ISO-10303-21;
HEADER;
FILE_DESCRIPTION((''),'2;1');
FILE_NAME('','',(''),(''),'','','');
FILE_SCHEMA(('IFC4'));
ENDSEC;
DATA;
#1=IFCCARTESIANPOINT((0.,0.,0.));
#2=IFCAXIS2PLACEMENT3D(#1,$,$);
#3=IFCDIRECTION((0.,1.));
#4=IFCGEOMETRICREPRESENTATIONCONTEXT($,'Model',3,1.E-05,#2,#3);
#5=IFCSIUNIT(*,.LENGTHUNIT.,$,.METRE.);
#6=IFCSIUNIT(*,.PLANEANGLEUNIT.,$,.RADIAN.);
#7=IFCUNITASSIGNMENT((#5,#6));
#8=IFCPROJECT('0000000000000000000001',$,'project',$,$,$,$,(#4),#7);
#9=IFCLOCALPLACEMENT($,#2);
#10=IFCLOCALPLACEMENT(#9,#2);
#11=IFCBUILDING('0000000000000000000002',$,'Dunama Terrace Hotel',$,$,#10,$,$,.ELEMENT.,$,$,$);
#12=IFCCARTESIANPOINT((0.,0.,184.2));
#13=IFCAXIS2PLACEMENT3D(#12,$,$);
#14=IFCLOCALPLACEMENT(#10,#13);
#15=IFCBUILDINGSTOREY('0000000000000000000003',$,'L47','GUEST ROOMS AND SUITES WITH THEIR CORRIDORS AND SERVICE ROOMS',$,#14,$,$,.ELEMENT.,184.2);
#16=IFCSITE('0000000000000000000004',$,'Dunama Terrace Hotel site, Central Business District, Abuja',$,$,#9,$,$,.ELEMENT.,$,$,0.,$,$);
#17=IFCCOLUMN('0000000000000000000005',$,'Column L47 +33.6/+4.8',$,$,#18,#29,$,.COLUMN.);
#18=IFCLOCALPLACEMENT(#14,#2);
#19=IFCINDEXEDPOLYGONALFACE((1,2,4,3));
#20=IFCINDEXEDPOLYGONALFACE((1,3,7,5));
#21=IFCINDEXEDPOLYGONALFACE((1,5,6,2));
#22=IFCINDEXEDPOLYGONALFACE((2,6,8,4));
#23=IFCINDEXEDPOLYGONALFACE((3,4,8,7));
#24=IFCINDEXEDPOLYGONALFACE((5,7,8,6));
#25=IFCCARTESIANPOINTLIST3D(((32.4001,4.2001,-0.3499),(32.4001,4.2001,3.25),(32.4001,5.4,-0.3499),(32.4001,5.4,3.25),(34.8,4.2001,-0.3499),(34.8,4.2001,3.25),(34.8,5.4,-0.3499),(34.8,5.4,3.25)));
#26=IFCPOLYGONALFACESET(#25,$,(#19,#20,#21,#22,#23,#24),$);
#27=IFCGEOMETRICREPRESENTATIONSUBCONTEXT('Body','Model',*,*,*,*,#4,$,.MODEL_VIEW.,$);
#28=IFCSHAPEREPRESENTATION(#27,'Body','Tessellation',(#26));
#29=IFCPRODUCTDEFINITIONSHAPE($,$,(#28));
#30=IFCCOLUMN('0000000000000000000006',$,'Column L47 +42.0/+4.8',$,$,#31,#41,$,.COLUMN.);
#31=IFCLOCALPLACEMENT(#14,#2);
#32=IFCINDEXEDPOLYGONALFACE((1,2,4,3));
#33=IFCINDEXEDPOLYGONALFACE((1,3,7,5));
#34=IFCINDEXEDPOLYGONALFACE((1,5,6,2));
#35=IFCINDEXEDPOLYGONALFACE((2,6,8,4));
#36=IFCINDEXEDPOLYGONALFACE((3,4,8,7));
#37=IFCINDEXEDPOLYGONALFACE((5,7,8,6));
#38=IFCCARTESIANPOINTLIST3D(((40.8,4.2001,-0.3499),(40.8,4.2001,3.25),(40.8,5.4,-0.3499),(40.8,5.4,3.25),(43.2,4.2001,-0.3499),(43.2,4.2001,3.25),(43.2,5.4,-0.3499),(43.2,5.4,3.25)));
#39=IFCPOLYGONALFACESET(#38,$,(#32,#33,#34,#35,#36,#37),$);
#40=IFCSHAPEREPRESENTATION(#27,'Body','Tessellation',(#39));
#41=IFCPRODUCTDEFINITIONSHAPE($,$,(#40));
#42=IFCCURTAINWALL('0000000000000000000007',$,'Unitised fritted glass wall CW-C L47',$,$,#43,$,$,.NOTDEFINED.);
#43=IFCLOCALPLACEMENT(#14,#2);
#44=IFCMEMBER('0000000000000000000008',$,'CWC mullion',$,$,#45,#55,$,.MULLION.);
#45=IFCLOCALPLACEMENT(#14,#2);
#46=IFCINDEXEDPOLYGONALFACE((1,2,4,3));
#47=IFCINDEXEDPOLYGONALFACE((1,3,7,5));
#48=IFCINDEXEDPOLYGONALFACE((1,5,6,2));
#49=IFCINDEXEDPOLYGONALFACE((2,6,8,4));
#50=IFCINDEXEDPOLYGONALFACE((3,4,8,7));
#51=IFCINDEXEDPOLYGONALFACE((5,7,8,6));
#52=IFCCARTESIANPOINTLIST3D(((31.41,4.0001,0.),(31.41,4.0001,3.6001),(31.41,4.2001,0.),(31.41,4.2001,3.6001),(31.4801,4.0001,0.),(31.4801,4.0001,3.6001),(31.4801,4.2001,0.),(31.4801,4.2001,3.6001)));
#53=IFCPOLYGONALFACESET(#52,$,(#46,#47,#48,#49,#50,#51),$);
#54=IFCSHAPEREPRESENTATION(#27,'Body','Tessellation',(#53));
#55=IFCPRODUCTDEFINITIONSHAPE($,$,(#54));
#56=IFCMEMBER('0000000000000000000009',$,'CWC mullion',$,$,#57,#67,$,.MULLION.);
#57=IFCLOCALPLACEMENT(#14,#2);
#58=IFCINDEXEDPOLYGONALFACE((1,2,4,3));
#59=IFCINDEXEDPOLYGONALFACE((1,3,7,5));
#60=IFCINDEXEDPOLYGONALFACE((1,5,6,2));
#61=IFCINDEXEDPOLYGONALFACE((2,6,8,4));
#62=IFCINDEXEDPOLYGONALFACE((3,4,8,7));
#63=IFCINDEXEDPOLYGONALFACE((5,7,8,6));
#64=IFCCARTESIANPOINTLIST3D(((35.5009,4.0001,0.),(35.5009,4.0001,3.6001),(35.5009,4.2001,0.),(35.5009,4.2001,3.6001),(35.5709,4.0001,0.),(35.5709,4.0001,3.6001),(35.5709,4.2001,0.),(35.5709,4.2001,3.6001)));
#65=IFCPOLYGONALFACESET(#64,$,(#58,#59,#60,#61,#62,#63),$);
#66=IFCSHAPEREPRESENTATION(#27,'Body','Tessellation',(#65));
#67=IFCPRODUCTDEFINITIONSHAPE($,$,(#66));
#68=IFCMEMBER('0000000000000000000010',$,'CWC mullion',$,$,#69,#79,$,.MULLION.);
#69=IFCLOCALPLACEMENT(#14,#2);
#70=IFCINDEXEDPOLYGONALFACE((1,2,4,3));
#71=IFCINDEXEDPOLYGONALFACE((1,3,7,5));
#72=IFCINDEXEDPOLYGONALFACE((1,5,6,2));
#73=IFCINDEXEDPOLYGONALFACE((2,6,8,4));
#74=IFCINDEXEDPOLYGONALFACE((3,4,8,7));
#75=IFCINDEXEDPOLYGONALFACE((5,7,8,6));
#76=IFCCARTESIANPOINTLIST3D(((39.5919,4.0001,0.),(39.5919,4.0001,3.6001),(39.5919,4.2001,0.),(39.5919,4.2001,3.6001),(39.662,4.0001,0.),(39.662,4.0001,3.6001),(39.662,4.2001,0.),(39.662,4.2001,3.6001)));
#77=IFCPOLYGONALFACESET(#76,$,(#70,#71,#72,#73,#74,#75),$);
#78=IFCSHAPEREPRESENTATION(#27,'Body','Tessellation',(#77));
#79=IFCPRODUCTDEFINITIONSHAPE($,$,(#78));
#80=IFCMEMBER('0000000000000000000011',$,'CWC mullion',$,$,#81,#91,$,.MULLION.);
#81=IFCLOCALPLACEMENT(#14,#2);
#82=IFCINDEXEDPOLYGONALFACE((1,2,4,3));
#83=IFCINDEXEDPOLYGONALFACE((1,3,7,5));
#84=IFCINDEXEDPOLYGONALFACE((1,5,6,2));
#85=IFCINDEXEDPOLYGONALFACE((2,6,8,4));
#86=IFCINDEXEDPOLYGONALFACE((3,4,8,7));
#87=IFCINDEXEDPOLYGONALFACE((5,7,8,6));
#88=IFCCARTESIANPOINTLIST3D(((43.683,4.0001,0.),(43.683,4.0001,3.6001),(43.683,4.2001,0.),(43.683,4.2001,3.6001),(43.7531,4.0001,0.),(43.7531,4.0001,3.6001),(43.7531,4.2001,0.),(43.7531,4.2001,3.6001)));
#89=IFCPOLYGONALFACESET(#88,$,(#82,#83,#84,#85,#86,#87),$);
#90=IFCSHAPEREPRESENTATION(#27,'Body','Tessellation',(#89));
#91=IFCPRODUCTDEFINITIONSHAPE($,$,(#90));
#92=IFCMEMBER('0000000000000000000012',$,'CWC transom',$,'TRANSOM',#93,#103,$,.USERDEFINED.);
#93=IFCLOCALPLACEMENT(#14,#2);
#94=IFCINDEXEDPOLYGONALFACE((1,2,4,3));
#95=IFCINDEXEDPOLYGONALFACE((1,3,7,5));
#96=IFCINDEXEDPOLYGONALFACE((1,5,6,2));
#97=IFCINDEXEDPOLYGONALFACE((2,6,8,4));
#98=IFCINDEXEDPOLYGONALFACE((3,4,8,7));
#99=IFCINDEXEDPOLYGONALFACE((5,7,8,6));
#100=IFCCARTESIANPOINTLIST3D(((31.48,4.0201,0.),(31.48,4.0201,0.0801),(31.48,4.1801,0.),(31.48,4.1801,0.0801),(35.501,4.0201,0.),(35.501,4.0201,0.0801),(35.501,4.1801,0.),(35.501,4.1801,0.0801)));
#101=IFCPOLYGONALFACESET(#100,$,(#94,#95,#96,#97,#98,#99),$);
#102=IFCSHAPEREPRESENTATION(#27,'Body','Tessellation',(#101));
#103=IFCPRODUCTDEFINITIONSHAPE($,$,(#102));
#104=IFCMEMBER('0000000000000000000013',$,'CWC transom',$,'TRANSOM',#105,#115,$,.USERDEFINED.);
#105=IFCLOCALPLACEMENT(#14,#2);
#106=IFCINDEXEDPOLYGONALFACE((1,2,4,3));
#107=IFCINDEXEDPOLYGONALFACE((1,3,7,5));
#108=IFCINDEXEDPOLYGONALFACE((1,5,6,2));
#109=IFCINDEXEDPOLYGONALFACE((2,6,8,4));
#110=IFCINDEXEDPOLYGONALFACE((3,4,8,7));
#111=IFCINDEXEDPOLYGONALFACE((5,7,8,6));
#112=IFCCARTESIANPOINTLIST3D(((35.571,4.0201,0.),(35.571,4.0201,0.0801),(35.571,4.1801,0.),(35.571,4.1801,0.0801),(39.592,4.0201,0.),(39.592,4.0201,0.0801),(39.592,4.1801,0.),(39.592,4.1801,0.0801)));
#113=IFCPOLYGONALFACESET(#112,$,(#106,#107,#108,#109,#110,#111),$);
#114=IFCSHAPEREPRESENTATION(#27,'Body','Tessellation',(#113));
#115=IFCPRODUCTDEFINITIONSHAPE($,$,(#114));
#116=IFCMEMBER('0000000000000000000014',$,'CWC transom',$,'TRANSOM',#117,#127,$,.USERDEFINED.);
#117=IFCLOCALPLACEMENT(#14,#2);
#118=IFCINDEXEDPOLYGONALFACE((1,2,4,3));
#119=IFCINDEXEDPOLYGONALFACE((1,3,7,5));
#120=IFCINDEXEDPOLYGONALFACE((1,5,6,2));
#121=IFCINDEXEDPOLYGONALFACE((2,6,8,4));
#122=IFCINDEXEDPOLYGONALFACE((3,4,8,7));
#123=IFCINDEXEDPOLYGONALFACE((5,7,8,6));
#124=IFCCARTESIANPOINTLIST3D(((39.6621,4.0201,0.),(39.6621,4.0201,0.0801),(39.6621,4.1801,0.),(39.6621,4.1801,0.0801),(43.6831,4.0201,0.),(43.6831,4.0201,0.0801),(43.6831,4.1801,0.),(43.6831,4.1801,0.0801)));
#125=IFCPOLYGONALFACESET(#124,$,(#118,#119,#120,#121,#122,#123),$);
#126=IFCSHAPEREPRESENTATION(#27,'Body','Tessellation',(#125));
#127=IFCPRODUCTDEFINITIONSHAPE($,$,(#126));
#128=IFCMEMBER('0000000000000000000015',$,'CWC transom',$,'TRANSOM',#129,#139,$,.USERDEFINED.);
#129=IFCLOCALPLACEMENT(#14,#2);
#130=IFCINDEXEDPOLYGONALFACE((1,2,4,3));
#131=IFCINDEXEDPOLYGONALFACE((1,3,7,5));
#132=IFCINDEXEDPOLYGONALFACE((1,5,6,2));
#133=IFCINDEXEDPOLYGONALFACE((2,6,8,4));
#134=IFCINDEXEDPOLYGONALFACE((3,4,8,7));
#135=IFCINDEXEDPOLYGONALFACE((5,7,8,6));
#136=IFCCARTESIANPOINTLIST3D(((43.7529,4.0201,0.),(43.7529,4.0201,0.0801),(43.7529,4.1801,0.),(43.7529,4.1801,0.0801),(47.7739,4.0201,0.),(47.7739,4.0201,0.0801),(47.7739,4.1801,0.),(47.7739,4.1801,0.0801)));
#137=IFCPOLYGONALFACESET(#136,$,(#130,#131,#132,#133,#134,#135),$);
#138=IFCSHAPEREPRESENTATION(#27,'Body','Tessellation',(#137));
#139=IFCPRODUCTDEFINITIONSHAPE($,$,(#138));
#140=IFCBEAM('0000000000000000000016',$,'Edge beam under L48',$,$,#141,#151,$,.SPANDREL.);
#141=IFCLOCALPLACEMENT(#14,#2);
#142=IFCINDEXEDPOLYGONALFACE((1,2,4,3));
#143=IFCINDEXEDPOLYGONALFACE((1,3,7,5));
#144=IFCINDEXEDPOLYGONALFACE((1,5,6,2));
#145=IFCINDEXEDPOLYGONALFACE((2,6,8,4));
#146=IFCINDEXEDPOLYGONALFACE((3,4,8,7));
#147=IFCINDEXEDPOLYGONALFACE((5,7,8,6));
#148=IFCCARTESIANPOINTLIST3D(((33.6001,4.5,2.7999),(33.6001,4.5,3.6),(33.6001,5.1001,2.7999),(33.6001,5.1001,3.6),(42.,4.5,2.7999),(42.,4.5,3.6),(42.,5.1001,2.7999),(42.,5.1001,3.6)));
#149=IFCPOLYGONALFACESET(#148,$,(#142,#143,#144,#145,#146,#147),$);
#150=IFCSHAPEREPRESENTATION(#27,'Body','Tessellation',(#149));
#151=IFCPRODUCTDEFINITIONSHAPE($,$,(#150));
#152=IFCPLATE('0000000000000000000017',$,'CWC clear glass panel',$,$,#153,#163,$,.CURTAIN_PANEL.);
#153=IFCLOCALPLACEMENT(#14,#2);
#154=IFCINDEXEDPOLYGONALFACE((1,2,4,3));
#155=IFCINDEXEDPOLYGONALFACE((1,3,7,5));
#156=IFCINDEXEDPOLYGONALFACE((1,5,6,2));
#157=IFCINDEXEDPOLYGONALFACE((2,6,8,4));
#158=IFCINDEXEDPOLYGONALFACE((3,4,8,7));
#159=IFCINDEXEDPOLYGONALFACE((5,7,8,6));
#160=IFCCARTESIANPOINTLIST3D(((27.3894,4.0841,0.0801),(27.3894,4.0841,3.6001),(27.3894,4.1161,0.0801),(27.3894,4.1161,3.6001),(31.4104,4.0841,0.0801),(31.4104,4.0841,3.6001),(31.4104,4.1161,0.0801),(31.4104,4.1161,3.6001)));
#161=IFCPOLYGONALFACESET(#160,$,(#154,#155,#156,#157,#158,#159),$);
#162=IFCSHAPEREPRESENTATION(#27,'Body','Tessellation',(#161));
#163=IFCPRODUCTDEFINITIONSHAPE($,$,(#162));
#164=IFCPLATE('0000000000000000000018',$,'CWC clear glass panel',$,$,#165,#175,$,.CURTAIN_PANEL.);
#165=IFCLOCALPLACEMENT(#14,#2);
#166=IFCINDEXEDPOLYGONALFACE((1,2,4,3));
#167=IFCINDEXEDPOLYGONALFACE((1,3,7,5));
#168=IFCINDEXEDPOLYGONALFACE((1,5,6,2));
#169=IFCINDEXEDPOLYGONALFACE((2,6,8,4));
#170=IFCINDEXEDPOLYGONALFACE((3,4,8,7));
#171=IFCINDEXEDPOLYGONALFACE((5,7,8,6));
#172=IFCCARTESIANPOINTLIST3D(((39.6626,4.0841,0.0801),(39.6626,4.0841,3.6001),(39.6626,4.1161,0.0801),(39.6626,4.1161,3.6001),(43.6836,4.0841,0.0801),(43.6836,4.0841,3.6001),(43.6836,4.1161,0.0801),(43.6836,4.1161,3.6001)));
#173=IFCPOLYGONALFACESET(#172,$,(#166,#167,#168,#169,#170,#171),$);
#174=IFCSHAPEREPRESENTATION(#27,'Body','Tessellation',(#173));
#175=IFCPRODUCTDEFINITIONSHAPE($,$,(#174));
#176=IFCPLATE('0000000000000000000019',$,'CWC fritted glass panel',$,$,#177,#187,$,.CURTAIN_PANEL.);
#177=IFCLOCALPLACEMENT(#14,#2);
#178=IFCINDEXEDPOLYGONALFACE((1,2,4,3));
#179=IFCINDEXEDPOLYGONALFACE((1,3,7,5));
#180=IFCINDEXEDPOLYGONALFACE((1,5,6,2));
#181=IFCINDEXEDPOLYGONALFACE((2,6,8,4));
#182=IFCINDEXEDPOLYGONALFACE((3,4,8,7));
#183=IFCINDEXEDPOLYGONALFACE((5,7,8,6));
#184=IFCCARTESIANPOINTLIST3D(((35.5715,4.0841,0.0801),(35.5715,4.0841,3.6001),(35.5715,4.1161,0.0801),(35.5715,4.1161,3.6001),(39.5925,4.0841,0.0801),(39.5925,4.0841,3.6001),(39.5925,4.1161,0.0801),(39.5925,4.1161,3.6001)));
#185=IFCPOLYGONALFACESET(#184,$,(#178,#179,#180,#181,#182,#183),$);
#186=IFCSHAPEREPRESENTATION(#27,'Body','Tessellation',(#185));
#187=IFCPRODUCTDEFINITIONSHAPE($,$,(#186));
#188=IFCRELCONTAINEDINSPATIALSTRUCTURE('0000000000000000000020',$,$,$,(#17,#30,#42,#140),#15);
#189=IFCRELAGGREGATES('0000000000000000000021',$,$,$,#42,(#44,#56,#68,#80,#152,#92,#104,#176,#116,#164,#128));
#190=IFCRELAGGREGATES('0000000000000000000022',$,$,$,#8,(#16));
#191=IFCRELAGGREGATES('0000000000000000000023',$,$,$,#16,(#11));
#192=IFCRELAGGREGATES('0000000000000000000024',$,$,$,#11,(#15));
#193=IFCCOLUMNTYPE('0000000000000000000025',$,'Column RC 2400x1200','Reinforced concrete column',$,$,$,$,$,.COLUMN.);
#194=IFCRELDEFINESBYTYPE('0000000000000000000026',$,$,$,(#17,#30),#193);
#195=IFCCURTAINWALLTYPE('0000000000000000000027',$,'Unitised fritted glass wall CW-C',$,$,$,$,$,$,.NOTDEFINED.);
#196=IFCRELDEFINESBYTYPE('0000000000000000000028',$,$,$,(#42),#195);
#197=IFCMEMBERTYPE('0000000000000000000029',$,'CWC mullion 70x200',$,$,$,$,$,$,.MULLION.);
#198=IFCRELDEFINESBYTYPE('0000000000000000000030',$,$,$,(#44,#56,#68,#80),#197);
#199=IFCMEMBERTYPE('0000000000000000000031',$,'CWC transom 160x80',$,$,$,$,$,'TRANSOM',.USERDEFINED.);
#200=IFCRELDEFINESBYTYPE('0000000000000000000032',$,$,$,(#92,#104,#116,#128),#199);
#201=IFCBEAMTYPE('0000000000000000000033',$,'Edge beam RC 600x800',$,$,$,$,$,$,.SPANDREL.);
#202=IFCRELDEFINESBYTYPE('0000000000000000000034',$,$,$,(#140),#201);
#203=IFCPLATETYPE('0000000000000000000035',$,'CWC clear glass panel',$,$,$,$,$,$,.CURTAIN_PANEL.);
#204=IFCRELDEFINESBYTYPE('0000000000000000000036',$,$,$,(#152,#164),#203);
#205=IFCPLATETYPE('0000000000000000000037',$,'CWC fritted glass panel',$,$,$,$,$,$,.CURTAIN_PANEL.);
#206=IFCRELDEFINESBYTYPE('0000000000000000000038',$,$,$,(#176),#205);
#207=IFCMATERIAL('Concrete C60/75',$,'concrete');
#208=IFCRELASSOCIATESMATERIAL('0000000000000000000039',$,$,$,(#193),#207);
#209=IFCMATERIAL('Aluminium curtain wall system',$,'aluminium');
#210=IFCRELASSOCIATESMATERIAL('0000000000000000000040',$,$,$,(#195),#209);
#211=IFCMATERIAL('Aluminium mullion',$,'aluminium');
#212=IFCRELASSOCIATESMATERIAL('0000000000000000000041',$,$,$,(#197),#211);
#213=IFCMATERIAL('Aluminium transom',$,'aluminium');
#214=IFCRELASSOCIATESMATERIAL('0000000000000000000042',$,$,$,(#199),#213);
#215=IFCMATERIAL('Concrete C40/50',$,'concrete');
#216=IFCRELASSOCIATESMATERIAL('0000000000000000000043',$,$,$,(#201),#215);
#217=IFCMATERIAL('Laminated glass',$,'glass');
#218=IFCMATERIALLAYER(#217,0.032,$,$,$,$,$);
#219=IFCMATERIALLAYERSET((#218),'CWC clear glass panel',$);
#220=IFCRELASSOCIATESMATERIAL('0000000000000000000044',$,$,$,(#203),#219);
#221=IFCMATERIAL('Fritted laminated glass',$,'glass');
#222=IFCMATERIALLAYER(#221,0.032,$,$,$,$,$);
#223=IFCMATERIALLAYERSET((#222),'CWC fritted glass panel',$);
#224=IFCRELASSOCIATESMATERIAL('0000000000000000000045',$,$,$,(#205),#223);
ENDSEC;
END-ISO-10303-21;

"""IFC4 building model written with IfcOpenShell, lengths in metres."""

from ifc_helpers import new_model, si_unit, direction, frame, origin, origin_2d, place, context, subcontext, project, spatial, rectangle, extrude, material, layer, layer_set, material_profile, profile_set, type_object, element, aggregate, save


model = new_model("IFC4")

# Units and contexts
model_context = context("Model", 3, precision=1e-05, world=origin(), true_north=direction((0.0, 1.0)))
body_context = subcontext(model_context, "Body", "Model", "MODEL_VIEW")
ifc_project = project(units=[si_unit("LENGTHUNIT", "METRE"), si_unit("PLANEANGLEUNIT", "RADIAN")], contexts=[model_context])

# Site, building, storey
site_placement = place(None, origin())
site = spatial("IfcSite", under=ifc_project, at=site_placement, Name="Dunama Terrace Hotel site, Central Business District, Abuja", CompositionType="ELEMENT", RefElevation=0.0)
building_placement = place(site_placement, origin())
building = spatial("IfcBuilding", under=site, at=building_placement, Name="Dunama Terrace Hotel", CompositionType="ELEMENT")
storey_placement = place(building_placement, frame((0.0, 0.0, 184.2)))
storey = spatial("IfcBuildingStorey", under=building, at=storey_placement, Name="L47", Description="GUEST ROOMS AND SUITES WITH THEIR CORRIDORS AND SERVICE ROOMS", CompositionType="ELEMENT", Elevation=184.2)

# Columns
ifc_material_1 = material(Name="Concrete C60/75", Category="concrete")
ifc_material_profile_1 = material_profile(ifc_material_1, rectangle(XDim=2.3999, YDim=1.2, at=origin_2d()), Name="RC 2400x1200")
ifc_profile_set_1 = profile_set([ifc_material_profile_1], Name="Concrete C60/75")
column_type = type_object("IfcColumnType", Name="Column RC 2400x1200", Description="Reinforced concrete column", PredefinedType="COLUMN", material=ifc_profile_set_1)
for number, where, z_axis, x_axis, name in (
    (1, (33.6001, 4.8, -0.3499), (0.0, 0.0, 1.0), (1.0, 0.0, 0.0), "Column L47 +33.6/+4.8"),
    (2, (42.0, 4.8, -0.3499), (0.0, 0.0, 1.0), (1.0, 0.0, 0.0), "Column L47 +42.0/+4.8"),
):
    element("IfcColumn", number, at=place(storey_placement, frame(where, z_axis=z_axis, x_axis=x_axis)), inside=storey, type_object=column_type, Name=name, PredefinedType="COLUMN", context=body_context, shape_type="SweptSolid", body=[
        extrude(rectangle(XDim=2.3999, YDim=1.2, at=origin_2d()), origin(), (0.0, 0.0, 1.0), 3.5999),
    ])

# Curtain wall, members
ifc_material_2 = material(Name="Aluminium curtain wall system", Category="aluminium")
curtain_wall_type = type_object("IfcCurtainWallType", Name="Unitised fritted glass wall CW-C", PredefinedType="NOTDEFINED", material=ifc_material_2)
curtain_wall_placement = place(storey_placement, origin())
curtain_wall = element("IfcCurtainWall", 3, at=curtain_wall_placement, inside=storey, type_object=curtain_wall_type, Name="Unitised fritted glass wall CW-C L47", PredefinedType="NOTDEFINED")
ifc_material_3 = material(Name="Aluminium mullion", Category="aluminium")
ifc_material_profile_2 = material_profile(ifc_material_3, rectangle(XDim=0.0701, YDim=0.2, at=origin_2d()), Name="CWC MULLION 70X200")
ifc_profile_set_2 = profile_set([ifc_material_profile_2], Name="Aluminium mullion")
member_type_1 = type_object("IfcMemberType", Name="CWC mullion 70x200", PredefinedType="MULLION", material=ifc_profile_set_2)
member_1_placement = place(storey_placement, frame((31.4451, 4.1001, 0.0), z_axis=(0.0, 0.0, 1.0), x_axis=(1.0, 0.0, 0.0)))
member_1 = element("IfcMember", 4, at=member_1_placement, type_object=member_type_1, Name="CWC mullion", PredefinedType="MULLION", context=body_context, shape_type="SweptSolid", body=[
    extrude(rectangle(XDim=0.0701, YDim=0.2, at=origin_2d()), origin(), (0.0, 0.0, 1.0), 3.6001),
])
member_2_placement = place(storey_placement, frame((35.5359, 4.1001, 0.0), z_axis=(0.0, 0.0, 1.0), x_axis=(1.0, 0.0, 0.0)))
member_2 = element("IfcMember", 5, at=member_2_placement, type_object=member_type_1, Name="CWC mullion", PredefinedType="MULLION", context=body_context, shape_type="SweptSolid", body=[
    extrude(rectangle(XDim=0.0701, YDim=0.2, at=origin_2d()), origin(), (0.0, 0.0, 1.0), 3.6001),
])
member_3_placement = place(storey_placement, frame((39.627, 4.1001, 0.0), z_axis=(0.0, 0.0, 1.0), x_axis=(1.0, 0.0, 0.0)))
member_3 = element("IfcMember", 6, at=member_3_placement, type_object=member_type_1, Name="CWC mullion", PredefinedType="MULLION", context=body_context, shape_type="SweptSolid", body=[
    extrude(rectangle(XDim=0.0701, YDim=0.2, at=origin_2d()), origin(), (0.0, 0.0, 1.0), 3.6001),
])
member_4_placement = place(storey_placement, frame((43.718, 4.1001, 0.0), z_axis=(0.0, 0.0, 1.0), x_axis=(1.0, 0.0, 0.0)))
member_4 = element("IfcMember", 7, at=member_4_placement, type_object=member_type_1, Name="CWC mullion", PredefinedType="MULLION", context=body_context, shape_type="SweptSolid", body=[
    extrude(rectangle(XDim=0.0701, YDim=0.2, at=origin_2d()), origin(), (0.0, 0.0, 1.0), 3.6001),
])
ifc_material_4 = material(Name="Aluminium transom", Category="aluminium")
ifc_material_profile_3 = material_profile(ifc_material_4, rectangle(XDim=0.1599, YDim=0.0801, at=origin_2d()), Name="CWC TRANSOM 160X80")
ifc_profile_set_3 = profile_set([ifc_material_profile_3], Name="Aluminium transom")
member_type_2 = type_object("IfcMemberType", Name="CWC transom 160x80", ElementType="TRANSOM", PredefinedType="USERDEFINED", material=ifc_profile_set_3)
member_5_placement = place(storey_placement, frame((31.48, 4.1001, 0.04), z_axis=(1.0, 0.0, 0.0), x_axis=(0.0, 1.0, 0.0)))
member_5 = element("IfcMember", 8, at=member_5_placement, type_object=member_type_2, Name="CWC transom", ObjectType="TRANSOM", PredefinedType="USERDEFINED", context=body_context, shape_type="SweptSolid", body=[
    extrude(rectangle(XDim=0.1599, YDim=0.0801, at=origin_2d()), origin(), (0.0, 0.0, 1.0), 4.021),
])
member_6_placement = place(storey_placement, frame((35.571, 4.1001, 0.04), z_axis=(1.0, 0.0, 0.0), x_axis=(0.0, 1.0, 0.0)))
member_6 = element("IfcMember", 9, at=member_6_placement, type_object=member_type_2, Name="CWC transom", ObjectType="TRANSOM", PredefinedType="USERDEFINED", context=body_context, shape_type="SweptSolid", body=[
    extrude(rectangle(XDim=0.1599, YDim=0.0801, at=origin_2d()), origin(), (0.0, 0.0, 1.0), 4.021),
])
member_7_placement = place(storey_placement, frame((39.6621, 4.1001, 0.04), z_axis=(1.0, 0.0, 0.0), x_axis=(0.0, 1.0, 0.0)))
member_7 = element("IfcMember", 10, at=member_7_placement, type_object=member_type_2, Name="CWC transom", ObjectType="TRANSOM", PredefinedType="USERDEFINED", context=body_context, shape_type="SweptSolid", body=[
    extrude(rectangle(XDim=0.1599, YDim=0.0801, at=origin_2d()), origin(), (0.0, 0.0, 1.0), 4.021),
])
member_8_placement = place(storey_placement, frame((43.7529, 4.1001, 0.04), z_axis=(1.0, 0.0, 0.0), x_axis=(0.0, 1.0, 0.0)))
member_8 = element("IfcMember", 11, at=member_8_placement, type_object=member_type_2, Name="CWC transom", ObjectType="TRANSOM", PredefinedType="USERDEFINED", context=body_context, shape_type="SweptSolid", body=[
    extrude(rectangle(XDim=0.1599, YDim=0.0801, at=origin_2d()), origin(), (0.0, 0.0, 1.0), 4.021),
])

# Beam
ifc_material_5 = material(Name="Concrete C40/50", Category="concrete")
ifc_material_profile_4 = material_profile(ifc_material_5, rectangle(XDim=0.6001, YDim=0.8, at=origin_2d()), Name="RC 600x800")
ifc_profile_set_4 = profile_set([ifc_material_profile_4], Name="Concrete C40/50")
beam_type = type_object("IfcBeamType", Name="Edge beam RC 600x800", PredefinedType="SPANDREL", material=ifc_profile_set_4)
beam_placement = place(storey_placement, frame((33.6001, 4.8, 3.2), z_axis=(1.0, 0.0, 0.0), x_axis=(0.0, 1.0, 0.0)))
element("IfcBeam", 12, at=beam_placement, inside=storey, type_object=beam_type, Name="Edge beam under L48", PredefinedType="SPANDREL", context=body_context, shape_type="SweptSolid", body=[
    extrude(rectangle(XDim=0.6001, YDim=0.8, at=origin_2d()), origin(), (0.0, 0.0, 1.0), 8.3999),
])

# Plates
ifc_material_6 = material(Name="Laminated glass", Category="glass")
ifc_layer_1 = layer(ifc_material_6, 0.032)
ifc_layer_set_1 = layer_set([ifc_layer_1], Name="CWC clear glass panel")
plate_type_1 = type_object("IfcPlateType", Name="CWC clear glass panel", PredefinedType="CURTAIN_PANEL", material=ifc_layer_set_1)
plate_1_placement = place(storey_placement, frame((29.3999, 4.1001, 0.0801), z_axis=(0.0, 0.0, 1.0), x_axis=(1.0, 0.0, 0.0)))
plate_1 = element("IfcPlate", 13, at=plate_1_placement, type_object=plate_type_1, Name="CWC clear glass panel", PredefinedType="CURTAIN_PANEL", context=body_context, shape_type="SweptSolid", body=[
    extrude(rectangle(XDim=4.021, YDim=0.032, at=origin_2d()), origin(), (0.0, 0.0, 1.0), 3.52),
])
plate_2_placement = place(storey_placement, frame((41.6731, 4.1001, 0.0801), z_axis=(0.0, 0.0, 1.0), x_axis=(1.0, 0.0, 0.0)))
plate_2 = element("IfcPlate", 14, at=plate_2_placement, type_object=plate_type_1, Name="CWC clear glass panel", PredefinedType="CURTAIN_PANEL", context=body_context, shape_type="SweptSolid", body=[
    extrude(rectangle(XDim=4.021, YDim=0.032, at=origin_2d()), origin(), (0.0, 0.0, 1.0), 3.52),
])
ifc_material_7 = material(Name="Fritted laminated glass", Category="glass")
ifc_layer_2 = layer(ifc_material_7, 0.032)
ifc_layer_set_2 = layer_set([ifc_layer_2], Name="CWC fritted glass panel")
plate_type_2 = type_object("IfcPlateType", Name="CWC fritted glass panel", PredefinedType="CURTAIN_PANEL", material=ifc_layer_set_2)
plate_3_placement = place(storey_placement, frame((37.582, 4.1001, 0.0801), z_axis=(0.0, 0.0, 1.0), x_axis=(1.0, 0.0, 0.0)))
plate_3 = element("IfcPlate", 15, at=plate_3_placement, type_object=plate_type_2, Name="CWC fritted glass panel", PredefinedType="CURTAIN_PANEL", context=body_context, shape_type="SweptSolid", body=[
    extrude(rectangle(XDim=4.021, YDim=0.032, at=origin_2d()), origin(), (0.0, 0.0, 1.0), 3.52),
])
aggregate(curtain_wall, [member_1, member_2, member_3, member_4, plate_1, member_5, member_6, plate_3, member_7, plate_2, member_8])

save(model, "model.ifc")
